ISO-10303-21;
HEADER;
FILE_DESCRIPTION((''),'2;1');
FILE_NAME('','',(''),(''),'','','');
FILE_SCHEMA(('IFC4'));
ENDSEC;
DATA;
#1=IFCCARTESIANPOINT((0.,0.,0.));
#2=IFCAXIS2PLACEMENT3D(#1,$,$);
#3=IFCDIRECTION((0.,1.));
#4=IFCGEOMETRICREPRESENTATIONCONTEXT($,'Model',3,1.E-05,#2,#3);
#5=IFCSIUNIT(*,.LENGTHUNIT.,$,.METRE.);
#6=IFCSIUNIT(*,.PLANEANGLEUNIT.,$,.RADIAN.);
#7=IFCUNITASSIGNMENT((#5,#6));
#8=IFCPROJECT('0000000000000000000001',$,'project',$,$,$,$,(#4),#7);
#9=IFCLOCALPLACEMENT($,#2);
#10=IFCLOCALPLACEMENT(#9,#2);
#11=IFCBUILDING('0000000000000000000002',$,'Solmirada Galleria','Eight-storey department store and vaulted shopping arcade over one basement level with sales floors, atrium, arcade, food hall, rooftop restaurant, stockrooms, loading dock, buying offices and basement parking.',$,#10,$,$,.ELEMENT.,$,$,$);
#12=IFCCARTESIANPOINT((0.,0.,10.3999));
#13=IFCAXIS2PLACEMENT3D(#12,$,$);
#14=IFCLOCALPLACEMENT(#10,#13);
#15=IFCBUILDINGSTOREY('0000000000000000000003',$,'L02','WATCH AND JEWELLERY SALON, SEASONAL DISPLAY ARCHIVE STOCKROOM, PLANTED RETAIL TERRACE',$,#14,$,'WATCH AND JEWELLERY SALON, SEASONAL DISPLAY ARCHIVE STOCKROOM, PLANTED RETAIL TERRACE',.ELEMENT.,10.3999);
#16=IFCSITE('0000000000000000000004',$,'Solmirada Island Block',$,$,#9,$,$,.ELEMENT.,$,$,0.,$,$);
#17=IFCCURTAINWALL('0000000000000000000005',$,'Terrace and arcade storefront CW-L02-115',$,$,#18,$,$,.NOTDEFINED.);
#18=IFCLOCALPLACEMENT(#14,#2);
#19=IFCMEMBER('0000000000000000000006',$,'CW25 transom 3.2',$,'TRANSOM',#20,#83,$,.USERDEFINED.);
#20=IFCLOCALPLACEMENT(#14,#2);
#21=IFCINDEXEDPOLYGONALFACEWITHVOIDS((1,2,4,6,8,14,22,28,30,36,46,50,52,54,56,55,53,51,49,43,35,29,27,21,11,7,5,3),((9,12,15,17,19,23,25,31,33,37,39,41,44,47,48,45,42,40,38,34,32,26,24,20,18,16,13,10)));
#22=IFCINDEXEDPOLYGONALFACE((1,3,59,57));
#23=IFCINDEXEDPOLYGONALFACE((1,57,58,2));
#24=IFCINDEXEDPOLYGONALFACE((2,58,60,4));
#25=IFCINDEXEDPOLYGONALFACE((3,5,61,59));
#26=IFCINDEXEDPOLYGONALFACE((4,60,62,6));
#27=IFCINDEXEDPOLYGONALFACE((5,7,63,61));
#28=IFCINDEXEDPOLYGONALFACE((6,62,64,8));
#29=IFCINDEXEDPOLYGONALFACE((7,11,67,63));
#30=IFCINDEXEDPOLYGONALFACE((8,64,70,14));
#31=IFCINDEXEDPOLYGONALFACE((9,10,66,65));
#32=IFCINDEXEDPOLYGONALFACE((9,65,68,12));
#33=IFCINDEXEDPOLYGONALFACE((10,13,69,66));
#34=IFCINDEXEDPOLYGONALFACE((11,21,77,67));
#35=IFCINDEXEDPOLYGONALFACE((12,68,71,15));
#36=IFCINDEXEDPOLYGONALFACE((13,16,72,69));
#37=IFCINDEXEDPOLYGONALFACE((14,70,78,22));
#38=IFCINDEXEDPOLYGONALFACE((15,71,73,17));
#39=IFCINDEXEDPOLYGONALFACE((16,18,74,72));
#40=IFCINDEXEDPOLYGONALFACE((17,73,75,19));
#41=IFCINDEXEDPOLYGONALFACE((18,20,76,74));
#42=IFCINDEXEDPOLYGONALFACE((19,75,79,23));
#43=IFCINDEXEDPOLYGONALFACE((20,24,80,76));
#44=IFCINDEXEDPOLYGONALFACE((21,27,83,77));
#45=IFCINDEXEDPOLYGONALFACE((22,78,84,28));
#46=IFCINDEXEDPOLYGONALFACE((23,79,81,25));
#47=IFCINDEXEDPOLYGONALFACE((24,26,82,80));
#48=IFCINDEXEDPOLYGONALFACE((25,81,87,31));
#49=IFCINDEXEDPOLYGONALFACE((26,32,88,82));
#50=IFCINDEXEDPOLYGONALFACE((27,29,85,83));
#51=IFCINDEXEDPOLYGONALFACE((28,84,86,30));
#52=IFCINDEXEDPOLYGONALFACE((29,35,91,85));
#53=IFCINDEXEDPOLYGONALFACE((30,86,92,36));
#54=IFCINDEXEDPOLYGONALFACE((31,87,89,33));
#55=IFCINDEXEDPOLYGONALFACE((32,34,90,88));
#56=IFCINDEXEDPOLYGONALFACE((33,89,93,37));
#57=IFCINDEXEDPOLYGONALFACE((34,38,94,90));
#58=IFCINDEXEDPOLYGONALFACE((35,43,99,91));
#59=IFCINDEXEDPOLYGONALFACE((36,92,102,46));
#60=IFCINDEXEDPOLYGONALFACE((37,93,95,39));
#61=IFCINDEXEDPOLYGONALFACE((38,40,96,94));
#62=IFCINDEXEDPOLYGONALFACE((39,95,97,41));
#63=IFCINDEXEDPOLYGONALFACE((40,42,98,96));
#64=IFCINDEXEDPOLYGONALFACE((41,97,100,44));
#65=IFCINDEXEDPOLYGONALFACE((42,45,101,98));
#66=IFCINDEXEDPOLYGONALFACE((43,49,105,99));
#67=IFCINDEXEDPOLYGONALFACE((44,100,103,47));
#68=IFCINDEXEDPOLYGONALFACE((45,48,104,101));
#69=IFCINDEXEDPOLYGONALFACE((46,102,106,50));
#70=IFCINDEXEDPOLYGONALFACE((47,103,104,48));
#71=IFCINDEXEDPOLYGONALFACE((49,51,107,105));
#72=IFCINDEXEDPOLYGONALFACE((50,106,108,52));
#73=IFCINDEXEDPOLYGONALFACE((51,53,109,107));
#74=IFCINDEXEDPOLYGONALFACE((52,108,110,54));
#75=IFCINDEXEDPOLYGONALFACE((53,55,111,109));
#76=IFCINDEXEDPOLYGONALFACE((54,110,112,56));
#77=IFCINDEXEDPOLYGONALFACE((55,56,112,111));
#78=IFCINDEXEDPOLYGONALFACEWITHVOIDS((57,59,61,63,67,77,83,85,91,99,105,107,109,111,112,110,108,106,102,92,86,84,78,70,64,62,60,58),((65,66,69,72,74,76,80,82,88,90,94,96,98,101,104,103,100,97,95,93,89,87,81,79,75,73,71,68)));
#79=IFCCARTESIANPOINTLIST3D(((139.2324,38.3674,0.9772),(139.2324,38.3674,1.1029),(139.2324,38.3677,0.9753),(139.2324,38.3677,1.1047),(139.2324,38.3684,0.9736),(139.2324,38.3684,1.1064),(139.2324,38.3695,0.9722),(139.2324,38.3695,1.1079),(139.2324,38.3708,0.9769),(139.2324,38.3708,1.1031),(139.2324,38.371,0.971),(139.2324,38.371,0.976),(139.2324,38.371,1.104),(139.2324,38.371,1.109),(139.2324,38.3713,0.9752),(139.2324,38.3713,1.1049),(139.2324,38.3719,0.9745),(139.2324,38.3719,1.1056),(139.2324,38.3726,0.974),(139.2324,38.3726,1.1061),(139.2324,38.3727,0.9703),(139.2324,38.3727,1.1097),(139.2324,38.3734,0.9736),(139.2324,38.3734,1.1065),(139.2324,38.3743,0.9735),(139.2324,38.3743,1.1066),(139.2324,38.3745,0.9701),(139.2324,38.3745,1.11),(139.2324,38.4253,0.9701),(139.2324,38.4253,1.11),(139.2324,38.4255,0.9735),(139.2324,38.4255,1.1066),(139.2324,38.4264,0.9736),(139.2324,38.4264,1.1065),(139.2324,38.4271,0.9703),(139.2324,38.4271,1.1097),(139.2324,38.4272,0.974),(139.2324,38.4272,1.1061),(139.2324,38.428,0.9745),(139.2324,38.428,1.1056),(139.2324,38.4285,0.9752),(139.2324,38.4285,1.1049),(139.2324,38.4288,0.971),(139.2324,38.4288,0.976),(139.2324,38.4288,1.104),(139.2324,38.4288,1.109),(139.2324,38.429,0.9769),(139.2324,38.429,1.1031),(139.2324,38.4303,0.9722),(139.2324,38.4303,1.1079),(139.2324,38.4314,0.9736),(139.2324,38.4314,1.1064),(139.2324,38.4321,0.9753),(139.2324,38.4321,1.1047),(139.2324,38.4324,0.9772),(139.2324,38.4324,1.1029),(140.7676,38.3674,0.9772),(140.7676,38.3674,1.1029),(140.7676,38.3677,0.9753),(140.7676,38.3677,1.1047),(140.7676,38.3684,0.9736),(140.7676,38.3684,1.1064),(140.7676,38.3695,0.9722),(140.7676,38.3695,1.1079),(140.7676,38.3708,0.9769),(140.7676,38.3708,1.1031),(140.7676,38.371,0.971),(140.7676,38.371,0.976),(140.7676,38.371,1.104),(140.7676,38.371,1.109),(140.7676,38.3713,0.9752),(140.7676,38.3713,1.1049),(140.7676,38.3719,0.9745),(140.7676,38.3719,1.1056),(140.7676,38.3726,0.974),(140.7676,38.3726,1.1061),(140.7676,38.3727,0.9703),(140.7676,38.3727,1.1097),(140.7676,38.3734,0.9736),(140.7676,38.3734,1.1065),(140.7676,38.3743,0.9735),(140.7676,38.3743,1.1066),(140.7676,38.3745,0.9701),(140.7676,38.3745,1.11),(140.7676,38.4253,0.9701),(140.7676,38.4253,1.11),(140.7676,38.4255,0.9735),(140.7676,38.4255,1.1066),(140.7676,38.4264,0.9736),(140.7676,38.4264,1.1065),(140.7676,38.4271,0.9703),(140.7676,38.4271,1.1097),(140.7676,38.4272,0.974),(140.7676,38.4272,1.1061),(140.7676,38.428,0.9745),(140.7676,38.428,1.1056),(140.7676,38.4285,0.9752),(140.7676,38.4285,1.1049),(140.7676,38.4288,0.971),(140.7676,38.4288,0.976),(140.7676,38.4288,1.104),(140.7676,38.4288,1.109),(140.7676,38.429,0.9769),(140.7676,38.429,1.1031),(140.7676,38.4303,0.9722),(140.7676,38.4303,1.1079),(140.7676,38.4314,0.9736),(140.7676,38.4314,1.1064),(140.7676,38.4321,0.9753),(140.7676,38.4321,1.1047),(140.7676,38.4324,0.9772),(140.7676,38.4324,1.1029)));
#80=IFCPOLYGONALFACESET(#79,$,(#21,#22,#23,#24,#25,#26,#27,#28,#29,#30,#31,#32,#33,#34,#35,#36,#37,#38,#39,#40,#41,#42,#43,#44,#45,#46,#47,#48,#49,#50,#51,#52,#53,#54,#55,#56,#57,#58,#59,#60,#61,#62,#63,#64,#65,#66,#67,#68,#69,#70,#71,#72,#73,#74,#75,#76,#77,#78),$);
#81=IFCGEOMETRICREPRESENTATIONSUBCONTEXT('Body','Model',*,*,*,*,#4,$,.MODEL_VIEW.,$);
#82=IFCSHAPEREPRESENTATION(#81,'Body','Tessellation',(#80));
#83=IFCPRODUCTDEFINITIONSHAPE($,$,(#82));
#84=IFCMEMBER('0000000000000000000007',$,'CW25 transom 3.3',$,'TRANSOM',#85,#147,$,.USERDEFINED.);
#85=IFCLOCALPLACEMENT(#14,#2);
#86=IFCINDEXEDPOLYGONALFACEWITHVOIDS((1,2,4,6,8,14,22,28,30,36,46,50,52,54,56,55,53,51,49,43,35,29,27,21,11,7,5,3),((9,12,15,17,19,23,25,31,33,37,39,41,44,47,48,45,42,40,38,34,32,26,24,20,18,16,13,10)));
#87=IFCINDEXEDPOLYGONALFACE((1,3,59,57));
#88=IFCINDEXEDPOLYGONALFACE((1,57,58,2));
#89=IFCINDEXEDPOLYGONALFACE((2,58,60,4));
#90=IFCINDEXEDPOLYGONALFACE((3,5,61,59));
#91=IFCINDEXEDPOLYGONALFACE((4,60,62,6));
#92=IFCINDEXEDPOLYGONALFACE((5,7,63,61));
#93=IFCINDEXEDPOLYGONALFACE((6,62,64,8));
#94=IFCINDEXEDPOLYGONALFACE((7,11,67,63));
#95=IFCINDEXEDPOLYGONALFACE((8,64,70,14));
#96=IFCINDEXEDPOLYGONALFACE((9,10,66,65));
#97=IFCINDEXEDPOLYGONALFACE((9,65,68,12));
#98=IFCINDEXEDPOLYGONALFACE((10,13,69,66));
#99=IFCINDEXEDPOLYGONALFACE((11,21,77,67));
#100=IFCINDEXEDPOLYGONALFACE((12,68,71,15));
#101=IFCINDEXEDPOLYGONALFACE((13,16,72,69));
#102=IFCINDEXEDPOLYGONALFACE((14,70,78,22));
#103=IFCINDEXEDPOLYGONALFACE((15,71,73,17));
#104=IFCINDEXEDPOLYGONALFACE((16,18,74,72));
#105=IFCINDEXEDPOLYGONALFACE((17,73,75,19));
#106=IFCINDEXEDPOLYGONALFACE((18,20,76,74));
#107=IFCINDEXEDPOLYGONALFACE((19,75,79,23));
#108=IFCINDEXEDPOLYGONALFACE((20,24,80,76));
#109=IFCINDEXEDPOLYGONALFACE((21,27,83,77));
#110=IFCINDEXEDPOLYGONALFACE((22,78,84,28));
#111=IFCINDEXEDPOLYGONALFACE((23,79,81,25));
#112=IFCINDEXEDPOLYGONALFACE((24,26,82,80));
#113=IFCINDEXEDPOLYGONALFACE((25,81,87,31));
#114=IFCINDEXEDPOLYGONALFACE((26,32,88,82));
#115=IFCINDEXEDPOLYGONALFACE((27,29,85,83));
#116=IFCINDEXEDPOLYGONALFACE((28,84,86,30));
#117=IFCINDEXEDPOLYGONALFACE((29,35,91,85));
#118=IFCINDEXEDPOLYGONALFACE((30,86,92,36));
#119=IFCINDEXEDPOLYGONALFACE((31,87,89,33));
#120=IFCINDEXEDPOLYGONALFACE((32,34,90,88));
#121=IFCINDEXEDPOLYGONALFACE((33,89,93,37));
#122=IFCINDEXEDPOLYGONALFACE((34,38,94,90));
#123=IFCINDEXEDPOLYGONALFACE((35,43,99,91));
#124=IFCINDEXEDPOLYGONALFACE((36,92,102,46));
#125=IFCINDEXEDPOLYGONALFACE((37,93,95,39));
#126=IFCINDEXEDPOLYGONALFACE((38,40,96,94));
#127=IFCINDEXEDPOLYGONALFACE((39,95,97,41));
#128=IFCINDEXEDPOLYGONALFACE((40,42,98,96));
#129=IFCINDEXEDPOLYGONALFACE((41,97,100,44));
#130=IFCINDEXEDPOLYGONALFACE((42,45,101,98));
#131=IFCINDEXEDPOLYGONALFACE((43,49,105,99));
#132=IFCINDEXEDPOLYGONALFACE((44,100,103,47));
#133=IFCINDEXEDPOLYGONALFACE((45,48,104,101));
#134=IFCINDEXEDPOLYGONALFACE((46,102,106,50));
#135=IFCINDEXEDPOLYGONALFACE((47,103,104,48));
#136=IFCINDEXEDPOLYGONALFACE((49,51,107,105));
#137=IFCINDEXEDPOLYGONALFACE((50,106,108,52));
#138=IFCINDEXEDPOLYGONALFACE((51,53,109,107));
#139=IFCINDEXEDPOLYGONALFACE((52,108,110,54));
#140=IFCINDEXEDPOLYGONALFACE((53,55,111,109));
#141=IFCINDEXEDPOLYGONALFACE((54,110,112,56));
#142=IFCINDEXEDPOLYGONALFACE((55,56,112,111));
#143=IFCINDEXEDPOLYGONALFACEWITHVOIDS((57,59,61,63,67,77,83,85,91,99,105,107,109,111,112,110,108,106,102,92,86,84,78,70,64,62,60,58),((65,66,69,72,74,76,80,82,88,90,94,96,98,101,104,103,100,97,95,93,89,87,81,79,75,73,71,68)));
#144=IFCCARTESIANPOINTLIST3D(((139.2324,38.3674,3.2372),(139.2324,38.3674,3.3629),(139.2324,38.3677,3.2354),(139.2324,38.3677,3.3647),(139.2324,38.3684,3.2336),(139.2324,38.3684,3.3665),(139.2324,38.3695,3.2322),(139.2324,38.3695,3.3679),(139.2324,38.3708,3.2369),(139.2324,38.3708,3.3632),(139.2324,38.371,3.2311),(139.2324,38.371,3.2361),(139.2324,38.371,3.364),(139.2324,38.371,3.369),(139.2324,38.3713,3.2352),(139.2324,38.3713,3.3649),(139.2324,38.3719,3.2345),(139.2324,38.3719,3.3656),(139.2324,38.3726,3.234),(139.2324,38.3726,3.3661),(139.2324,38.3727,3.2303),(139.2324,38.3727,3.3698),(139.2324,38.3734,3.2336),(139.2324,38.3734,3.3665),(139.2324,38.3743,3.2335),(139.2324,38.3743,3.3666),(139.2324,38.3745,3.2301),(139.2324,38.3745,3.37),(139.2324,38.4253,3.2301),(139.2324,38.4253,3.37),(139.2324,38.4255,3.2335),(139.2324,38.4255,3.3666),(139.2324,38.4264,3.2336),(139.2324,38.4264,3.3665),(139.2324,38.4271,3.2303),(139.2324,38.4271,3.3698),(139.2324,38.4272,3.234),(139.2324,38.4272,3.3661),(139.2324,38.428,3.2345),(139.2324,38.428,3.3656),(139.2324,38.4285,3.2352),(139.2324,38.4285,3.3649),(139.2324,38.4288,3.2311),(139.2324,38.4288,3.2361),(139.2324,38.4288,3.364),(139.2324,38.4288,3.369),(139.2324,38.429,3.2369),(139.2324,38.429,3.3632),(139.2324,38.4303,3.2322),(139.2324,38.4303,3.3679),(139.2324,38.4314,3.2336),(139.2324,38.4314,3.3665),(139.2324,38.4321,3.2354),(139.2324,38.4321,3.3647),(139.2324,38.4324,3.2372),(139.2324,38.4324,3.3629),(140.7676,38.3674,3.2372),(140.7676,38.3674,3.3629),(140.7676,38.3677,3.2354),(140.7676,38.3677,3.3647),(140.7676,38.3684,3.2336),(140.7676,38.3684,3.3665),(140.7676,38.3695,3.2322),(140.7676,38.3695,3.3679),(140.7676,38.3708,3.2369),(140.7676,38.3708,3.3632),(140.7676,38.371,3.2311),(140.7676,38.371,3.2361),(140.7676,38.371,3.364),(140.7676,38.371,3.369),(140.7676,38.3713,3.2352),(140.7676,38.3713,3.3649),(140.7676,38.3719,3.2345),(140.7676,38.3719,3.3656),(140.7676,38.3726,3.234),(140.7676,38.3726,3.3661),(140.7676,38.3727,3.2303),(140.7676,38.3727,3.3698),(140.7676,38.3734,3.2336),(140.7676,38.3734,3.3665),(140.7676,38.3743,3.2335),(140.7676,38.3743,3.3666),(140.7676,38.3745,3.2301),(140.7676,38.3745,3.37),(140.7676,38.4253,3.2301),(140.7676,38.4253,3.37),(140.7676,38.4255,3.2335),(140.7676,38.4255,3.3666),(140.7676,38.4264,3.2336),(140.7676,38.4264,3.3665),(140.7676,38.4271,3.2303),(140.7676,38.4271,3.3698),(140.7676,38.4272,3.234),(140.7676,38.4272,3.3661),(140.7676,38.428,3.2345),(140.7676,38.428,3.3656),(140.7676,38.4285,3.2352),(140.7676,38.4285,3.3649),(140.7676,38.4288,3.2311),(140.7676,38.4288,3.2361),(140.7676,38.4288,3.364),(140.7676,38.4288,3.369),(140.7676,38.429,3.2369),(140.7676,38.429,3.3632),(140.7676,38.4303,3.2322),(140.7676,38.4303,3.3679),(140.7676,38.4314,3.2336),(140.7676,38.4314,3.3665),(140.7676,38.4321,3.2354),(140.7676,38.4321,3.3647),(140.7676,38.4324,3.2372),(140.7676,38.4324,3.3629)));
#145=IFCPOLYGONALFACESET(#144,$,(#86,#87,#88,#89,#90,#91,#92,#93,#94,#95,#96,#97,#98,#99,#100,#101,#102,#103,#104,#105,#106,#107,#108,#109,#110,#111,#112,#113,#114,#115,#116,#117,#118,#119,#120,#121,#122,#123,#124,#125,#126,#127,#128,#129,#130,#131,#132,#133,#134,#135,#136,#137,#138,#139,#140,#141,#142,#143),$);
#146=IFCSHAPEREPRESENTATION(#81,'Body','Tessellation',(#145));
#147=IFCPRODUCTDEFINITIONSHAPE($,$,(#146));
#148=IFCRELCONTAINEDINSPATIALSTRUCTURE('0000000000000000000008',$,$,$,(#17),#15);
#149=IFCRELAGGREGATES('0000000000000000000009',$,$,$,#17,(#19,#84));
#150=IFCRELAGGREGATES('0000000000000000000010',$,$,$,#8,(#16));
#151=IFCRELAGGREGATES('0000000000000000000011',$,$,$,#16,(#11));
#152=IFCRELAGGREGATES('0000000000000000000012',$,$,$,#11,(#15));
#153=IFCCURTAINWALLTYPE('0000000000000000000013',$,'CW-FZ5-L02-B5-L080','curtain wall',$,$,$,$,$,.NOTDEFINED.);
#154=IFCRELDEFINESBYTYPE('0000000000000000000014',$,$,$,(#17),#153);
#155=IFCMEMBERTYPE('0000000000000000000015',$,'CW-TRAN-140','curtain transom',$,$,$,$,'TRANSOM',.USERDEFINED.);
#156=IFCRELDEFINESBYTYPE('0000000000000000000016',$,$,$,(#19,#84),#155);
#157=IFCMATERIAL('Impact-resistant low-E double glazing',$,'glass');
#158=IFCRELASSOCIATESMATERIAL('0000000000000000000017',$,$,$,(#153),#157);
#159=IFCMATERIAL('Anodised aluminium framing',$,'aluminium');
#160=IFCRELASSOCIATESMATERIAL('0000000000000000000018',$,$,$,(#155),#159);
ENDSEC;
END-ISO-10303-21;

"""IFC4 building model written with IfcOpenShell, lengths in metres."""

from ifc_helpers import new_model, si_unit, direction, frame, origin, origin_2d, place, context, subcontext, project, spatial, hollow_rectangle, extrude, material, material_profile, profile_set, type_object, element, aggregate, save


model = new_model("IFC4")

# Units and contexts
model_context = context("Model", 3, precision=1e-05, world=origin(), true_north=direction((0.0, 1.0)))
body_context = subcontext(model_context, "Body", "Model", "MODEL_VIEW")
ifc_project = project(units=[si_unit("LENGTHUNIT", "METRE"), si_unit("PLANEANGLEUNIT", "RADIAN")], contexts=[model_context])

# Site, building, storey
site_placement = place(None, origin())
site = spatial("IfcSite", under=ifc_project, at=site_placement, Name="Solmirada Island Block", CompositionType="ELEMENT", RefElevation=0.0)
building_placement = place(site_placement, origin())
building = spatial("IfcBuilding", under=site, at=building_placement, Name="Solmirada Galleria", Description="Eight-storey department store and vaulted shopping arcade over one basement level with sales floors, atrium, arcade, food hall, rooftop restaurant, stockrooms, loading dock, buying offices and basement parking.", CompositionType="ELEMENT")
storey_placement = place(building_placement, frame((0.0, 0.0, 10.3999)))
storey = spatial("IfcBuildingStorey", under=building, at=storey_placement, Name="L02", Description="WATCH AND JEWELLERY SALON, SEASONAL DISPLAY ARCHIVE STOCKROOM, PLANTED RETAIL TERRACE", LongName="WATCH AND JEWELLERY SALON, SEASONAL DISPLAY ARCHIVE STOCKROOM, PLANTED RETAIL TERRACE", CompositionType="ELEMENT", Elevation=10.3999)

# Curtain wall, members
ifc_material_1 = material(Name="Impact-resistant low-E double glazing", Category="glass")
curtain_wall_type = type_object("IfcCurtainWallType", Name="CW-FZ5-L02-B5-L080", Description="curtain wall", PredefinedType="NOTDEFINED", material=ifc_material_1)
curtain_wall_placement = place(storey_placement, origin())
curtain_wall = element("IfcCurtainWall", 1, at=curtain_wall_placement, inside=storey, type_object=curtain_wall_type, Name="Terrace and arcade storefront CW-L02-115", PredefinedType="NOTDEFINED")
ifc_material_2 = material(Name="Anodised aluminium framing", Category="aluminium")
ifc_material_profile_1 = material_profile(ifc_material_2, hollow_rectangle(XDim=0.0649, YDim=0.1399, WallThickness=0.0034, InnerFilletRadius=0.0034, OuterFilletRadius=0.0071, at=origin_2d()), Name="ALU-TRAN-140X65")
ifc_profile_set_1 = profile_set([ifc_material_profile_1], Name="Anodised aluminium framing")
member_type_1 = type_object("IfcMemberType", Name="CW-TRAN-140", Description="curtain transom", ElementType="TRANSOM", PredefinedType="USERDEFINED", material=ifc_profile_set_1)
member_1_placement = place(storey_placement, frame((139.2324, 38.3999, 1.04), z_axis=(1.0, 0.0, 0.0), x_axis=(0.0, 1.0, 0.0)))
member_1 = element("IfcMember", 2, at=member_1_placement, type_object=member_type_1, Name="CW25 transom 3.2", ObjectType="TRANSOM", PredefinedType="USERDEFINED", context=body_context, shape_type="SweptSolid", body=[
    extrude(hollow_rectangle(XDim=0.0649, YDim=0.1399, WallThickness=0.0034, InnerFilletRadius=0.0034, OuterFilletRadius=0.0071, at=origin_2d()), origin(), (0.0, 0.0, 1.0), 1.5352),
])
member_2_placement = place(storey_placement, frame((139.2324, 38.3999, 3.3), z_axis=(1.0, 0.0, 0.0), x_axis=(0.0, 1.0, 0.0)))
member_2 = element("IfcMember", 3, at=member_2_placement, type_object=member_type_1, Name="CW25 transom 3.3", ObjectType="TRANSOM", PredefinedType="USERDEFINED", context=body_context, shape_type="SweptSolid", body=[
    extrude(hollow_rectangle(XDim=0.0649, YDim=0.1399, WallThickness=0.0034, InnerFilletRadius=0.0034, OuterFilletRadius=0.0071, at=origin_2d()), origin(), (0.0, 0.0, 1.0), 1.5352),
])
aggregate(curtain_wall, [member_1, member_2])

save(model, "model.ifc")
